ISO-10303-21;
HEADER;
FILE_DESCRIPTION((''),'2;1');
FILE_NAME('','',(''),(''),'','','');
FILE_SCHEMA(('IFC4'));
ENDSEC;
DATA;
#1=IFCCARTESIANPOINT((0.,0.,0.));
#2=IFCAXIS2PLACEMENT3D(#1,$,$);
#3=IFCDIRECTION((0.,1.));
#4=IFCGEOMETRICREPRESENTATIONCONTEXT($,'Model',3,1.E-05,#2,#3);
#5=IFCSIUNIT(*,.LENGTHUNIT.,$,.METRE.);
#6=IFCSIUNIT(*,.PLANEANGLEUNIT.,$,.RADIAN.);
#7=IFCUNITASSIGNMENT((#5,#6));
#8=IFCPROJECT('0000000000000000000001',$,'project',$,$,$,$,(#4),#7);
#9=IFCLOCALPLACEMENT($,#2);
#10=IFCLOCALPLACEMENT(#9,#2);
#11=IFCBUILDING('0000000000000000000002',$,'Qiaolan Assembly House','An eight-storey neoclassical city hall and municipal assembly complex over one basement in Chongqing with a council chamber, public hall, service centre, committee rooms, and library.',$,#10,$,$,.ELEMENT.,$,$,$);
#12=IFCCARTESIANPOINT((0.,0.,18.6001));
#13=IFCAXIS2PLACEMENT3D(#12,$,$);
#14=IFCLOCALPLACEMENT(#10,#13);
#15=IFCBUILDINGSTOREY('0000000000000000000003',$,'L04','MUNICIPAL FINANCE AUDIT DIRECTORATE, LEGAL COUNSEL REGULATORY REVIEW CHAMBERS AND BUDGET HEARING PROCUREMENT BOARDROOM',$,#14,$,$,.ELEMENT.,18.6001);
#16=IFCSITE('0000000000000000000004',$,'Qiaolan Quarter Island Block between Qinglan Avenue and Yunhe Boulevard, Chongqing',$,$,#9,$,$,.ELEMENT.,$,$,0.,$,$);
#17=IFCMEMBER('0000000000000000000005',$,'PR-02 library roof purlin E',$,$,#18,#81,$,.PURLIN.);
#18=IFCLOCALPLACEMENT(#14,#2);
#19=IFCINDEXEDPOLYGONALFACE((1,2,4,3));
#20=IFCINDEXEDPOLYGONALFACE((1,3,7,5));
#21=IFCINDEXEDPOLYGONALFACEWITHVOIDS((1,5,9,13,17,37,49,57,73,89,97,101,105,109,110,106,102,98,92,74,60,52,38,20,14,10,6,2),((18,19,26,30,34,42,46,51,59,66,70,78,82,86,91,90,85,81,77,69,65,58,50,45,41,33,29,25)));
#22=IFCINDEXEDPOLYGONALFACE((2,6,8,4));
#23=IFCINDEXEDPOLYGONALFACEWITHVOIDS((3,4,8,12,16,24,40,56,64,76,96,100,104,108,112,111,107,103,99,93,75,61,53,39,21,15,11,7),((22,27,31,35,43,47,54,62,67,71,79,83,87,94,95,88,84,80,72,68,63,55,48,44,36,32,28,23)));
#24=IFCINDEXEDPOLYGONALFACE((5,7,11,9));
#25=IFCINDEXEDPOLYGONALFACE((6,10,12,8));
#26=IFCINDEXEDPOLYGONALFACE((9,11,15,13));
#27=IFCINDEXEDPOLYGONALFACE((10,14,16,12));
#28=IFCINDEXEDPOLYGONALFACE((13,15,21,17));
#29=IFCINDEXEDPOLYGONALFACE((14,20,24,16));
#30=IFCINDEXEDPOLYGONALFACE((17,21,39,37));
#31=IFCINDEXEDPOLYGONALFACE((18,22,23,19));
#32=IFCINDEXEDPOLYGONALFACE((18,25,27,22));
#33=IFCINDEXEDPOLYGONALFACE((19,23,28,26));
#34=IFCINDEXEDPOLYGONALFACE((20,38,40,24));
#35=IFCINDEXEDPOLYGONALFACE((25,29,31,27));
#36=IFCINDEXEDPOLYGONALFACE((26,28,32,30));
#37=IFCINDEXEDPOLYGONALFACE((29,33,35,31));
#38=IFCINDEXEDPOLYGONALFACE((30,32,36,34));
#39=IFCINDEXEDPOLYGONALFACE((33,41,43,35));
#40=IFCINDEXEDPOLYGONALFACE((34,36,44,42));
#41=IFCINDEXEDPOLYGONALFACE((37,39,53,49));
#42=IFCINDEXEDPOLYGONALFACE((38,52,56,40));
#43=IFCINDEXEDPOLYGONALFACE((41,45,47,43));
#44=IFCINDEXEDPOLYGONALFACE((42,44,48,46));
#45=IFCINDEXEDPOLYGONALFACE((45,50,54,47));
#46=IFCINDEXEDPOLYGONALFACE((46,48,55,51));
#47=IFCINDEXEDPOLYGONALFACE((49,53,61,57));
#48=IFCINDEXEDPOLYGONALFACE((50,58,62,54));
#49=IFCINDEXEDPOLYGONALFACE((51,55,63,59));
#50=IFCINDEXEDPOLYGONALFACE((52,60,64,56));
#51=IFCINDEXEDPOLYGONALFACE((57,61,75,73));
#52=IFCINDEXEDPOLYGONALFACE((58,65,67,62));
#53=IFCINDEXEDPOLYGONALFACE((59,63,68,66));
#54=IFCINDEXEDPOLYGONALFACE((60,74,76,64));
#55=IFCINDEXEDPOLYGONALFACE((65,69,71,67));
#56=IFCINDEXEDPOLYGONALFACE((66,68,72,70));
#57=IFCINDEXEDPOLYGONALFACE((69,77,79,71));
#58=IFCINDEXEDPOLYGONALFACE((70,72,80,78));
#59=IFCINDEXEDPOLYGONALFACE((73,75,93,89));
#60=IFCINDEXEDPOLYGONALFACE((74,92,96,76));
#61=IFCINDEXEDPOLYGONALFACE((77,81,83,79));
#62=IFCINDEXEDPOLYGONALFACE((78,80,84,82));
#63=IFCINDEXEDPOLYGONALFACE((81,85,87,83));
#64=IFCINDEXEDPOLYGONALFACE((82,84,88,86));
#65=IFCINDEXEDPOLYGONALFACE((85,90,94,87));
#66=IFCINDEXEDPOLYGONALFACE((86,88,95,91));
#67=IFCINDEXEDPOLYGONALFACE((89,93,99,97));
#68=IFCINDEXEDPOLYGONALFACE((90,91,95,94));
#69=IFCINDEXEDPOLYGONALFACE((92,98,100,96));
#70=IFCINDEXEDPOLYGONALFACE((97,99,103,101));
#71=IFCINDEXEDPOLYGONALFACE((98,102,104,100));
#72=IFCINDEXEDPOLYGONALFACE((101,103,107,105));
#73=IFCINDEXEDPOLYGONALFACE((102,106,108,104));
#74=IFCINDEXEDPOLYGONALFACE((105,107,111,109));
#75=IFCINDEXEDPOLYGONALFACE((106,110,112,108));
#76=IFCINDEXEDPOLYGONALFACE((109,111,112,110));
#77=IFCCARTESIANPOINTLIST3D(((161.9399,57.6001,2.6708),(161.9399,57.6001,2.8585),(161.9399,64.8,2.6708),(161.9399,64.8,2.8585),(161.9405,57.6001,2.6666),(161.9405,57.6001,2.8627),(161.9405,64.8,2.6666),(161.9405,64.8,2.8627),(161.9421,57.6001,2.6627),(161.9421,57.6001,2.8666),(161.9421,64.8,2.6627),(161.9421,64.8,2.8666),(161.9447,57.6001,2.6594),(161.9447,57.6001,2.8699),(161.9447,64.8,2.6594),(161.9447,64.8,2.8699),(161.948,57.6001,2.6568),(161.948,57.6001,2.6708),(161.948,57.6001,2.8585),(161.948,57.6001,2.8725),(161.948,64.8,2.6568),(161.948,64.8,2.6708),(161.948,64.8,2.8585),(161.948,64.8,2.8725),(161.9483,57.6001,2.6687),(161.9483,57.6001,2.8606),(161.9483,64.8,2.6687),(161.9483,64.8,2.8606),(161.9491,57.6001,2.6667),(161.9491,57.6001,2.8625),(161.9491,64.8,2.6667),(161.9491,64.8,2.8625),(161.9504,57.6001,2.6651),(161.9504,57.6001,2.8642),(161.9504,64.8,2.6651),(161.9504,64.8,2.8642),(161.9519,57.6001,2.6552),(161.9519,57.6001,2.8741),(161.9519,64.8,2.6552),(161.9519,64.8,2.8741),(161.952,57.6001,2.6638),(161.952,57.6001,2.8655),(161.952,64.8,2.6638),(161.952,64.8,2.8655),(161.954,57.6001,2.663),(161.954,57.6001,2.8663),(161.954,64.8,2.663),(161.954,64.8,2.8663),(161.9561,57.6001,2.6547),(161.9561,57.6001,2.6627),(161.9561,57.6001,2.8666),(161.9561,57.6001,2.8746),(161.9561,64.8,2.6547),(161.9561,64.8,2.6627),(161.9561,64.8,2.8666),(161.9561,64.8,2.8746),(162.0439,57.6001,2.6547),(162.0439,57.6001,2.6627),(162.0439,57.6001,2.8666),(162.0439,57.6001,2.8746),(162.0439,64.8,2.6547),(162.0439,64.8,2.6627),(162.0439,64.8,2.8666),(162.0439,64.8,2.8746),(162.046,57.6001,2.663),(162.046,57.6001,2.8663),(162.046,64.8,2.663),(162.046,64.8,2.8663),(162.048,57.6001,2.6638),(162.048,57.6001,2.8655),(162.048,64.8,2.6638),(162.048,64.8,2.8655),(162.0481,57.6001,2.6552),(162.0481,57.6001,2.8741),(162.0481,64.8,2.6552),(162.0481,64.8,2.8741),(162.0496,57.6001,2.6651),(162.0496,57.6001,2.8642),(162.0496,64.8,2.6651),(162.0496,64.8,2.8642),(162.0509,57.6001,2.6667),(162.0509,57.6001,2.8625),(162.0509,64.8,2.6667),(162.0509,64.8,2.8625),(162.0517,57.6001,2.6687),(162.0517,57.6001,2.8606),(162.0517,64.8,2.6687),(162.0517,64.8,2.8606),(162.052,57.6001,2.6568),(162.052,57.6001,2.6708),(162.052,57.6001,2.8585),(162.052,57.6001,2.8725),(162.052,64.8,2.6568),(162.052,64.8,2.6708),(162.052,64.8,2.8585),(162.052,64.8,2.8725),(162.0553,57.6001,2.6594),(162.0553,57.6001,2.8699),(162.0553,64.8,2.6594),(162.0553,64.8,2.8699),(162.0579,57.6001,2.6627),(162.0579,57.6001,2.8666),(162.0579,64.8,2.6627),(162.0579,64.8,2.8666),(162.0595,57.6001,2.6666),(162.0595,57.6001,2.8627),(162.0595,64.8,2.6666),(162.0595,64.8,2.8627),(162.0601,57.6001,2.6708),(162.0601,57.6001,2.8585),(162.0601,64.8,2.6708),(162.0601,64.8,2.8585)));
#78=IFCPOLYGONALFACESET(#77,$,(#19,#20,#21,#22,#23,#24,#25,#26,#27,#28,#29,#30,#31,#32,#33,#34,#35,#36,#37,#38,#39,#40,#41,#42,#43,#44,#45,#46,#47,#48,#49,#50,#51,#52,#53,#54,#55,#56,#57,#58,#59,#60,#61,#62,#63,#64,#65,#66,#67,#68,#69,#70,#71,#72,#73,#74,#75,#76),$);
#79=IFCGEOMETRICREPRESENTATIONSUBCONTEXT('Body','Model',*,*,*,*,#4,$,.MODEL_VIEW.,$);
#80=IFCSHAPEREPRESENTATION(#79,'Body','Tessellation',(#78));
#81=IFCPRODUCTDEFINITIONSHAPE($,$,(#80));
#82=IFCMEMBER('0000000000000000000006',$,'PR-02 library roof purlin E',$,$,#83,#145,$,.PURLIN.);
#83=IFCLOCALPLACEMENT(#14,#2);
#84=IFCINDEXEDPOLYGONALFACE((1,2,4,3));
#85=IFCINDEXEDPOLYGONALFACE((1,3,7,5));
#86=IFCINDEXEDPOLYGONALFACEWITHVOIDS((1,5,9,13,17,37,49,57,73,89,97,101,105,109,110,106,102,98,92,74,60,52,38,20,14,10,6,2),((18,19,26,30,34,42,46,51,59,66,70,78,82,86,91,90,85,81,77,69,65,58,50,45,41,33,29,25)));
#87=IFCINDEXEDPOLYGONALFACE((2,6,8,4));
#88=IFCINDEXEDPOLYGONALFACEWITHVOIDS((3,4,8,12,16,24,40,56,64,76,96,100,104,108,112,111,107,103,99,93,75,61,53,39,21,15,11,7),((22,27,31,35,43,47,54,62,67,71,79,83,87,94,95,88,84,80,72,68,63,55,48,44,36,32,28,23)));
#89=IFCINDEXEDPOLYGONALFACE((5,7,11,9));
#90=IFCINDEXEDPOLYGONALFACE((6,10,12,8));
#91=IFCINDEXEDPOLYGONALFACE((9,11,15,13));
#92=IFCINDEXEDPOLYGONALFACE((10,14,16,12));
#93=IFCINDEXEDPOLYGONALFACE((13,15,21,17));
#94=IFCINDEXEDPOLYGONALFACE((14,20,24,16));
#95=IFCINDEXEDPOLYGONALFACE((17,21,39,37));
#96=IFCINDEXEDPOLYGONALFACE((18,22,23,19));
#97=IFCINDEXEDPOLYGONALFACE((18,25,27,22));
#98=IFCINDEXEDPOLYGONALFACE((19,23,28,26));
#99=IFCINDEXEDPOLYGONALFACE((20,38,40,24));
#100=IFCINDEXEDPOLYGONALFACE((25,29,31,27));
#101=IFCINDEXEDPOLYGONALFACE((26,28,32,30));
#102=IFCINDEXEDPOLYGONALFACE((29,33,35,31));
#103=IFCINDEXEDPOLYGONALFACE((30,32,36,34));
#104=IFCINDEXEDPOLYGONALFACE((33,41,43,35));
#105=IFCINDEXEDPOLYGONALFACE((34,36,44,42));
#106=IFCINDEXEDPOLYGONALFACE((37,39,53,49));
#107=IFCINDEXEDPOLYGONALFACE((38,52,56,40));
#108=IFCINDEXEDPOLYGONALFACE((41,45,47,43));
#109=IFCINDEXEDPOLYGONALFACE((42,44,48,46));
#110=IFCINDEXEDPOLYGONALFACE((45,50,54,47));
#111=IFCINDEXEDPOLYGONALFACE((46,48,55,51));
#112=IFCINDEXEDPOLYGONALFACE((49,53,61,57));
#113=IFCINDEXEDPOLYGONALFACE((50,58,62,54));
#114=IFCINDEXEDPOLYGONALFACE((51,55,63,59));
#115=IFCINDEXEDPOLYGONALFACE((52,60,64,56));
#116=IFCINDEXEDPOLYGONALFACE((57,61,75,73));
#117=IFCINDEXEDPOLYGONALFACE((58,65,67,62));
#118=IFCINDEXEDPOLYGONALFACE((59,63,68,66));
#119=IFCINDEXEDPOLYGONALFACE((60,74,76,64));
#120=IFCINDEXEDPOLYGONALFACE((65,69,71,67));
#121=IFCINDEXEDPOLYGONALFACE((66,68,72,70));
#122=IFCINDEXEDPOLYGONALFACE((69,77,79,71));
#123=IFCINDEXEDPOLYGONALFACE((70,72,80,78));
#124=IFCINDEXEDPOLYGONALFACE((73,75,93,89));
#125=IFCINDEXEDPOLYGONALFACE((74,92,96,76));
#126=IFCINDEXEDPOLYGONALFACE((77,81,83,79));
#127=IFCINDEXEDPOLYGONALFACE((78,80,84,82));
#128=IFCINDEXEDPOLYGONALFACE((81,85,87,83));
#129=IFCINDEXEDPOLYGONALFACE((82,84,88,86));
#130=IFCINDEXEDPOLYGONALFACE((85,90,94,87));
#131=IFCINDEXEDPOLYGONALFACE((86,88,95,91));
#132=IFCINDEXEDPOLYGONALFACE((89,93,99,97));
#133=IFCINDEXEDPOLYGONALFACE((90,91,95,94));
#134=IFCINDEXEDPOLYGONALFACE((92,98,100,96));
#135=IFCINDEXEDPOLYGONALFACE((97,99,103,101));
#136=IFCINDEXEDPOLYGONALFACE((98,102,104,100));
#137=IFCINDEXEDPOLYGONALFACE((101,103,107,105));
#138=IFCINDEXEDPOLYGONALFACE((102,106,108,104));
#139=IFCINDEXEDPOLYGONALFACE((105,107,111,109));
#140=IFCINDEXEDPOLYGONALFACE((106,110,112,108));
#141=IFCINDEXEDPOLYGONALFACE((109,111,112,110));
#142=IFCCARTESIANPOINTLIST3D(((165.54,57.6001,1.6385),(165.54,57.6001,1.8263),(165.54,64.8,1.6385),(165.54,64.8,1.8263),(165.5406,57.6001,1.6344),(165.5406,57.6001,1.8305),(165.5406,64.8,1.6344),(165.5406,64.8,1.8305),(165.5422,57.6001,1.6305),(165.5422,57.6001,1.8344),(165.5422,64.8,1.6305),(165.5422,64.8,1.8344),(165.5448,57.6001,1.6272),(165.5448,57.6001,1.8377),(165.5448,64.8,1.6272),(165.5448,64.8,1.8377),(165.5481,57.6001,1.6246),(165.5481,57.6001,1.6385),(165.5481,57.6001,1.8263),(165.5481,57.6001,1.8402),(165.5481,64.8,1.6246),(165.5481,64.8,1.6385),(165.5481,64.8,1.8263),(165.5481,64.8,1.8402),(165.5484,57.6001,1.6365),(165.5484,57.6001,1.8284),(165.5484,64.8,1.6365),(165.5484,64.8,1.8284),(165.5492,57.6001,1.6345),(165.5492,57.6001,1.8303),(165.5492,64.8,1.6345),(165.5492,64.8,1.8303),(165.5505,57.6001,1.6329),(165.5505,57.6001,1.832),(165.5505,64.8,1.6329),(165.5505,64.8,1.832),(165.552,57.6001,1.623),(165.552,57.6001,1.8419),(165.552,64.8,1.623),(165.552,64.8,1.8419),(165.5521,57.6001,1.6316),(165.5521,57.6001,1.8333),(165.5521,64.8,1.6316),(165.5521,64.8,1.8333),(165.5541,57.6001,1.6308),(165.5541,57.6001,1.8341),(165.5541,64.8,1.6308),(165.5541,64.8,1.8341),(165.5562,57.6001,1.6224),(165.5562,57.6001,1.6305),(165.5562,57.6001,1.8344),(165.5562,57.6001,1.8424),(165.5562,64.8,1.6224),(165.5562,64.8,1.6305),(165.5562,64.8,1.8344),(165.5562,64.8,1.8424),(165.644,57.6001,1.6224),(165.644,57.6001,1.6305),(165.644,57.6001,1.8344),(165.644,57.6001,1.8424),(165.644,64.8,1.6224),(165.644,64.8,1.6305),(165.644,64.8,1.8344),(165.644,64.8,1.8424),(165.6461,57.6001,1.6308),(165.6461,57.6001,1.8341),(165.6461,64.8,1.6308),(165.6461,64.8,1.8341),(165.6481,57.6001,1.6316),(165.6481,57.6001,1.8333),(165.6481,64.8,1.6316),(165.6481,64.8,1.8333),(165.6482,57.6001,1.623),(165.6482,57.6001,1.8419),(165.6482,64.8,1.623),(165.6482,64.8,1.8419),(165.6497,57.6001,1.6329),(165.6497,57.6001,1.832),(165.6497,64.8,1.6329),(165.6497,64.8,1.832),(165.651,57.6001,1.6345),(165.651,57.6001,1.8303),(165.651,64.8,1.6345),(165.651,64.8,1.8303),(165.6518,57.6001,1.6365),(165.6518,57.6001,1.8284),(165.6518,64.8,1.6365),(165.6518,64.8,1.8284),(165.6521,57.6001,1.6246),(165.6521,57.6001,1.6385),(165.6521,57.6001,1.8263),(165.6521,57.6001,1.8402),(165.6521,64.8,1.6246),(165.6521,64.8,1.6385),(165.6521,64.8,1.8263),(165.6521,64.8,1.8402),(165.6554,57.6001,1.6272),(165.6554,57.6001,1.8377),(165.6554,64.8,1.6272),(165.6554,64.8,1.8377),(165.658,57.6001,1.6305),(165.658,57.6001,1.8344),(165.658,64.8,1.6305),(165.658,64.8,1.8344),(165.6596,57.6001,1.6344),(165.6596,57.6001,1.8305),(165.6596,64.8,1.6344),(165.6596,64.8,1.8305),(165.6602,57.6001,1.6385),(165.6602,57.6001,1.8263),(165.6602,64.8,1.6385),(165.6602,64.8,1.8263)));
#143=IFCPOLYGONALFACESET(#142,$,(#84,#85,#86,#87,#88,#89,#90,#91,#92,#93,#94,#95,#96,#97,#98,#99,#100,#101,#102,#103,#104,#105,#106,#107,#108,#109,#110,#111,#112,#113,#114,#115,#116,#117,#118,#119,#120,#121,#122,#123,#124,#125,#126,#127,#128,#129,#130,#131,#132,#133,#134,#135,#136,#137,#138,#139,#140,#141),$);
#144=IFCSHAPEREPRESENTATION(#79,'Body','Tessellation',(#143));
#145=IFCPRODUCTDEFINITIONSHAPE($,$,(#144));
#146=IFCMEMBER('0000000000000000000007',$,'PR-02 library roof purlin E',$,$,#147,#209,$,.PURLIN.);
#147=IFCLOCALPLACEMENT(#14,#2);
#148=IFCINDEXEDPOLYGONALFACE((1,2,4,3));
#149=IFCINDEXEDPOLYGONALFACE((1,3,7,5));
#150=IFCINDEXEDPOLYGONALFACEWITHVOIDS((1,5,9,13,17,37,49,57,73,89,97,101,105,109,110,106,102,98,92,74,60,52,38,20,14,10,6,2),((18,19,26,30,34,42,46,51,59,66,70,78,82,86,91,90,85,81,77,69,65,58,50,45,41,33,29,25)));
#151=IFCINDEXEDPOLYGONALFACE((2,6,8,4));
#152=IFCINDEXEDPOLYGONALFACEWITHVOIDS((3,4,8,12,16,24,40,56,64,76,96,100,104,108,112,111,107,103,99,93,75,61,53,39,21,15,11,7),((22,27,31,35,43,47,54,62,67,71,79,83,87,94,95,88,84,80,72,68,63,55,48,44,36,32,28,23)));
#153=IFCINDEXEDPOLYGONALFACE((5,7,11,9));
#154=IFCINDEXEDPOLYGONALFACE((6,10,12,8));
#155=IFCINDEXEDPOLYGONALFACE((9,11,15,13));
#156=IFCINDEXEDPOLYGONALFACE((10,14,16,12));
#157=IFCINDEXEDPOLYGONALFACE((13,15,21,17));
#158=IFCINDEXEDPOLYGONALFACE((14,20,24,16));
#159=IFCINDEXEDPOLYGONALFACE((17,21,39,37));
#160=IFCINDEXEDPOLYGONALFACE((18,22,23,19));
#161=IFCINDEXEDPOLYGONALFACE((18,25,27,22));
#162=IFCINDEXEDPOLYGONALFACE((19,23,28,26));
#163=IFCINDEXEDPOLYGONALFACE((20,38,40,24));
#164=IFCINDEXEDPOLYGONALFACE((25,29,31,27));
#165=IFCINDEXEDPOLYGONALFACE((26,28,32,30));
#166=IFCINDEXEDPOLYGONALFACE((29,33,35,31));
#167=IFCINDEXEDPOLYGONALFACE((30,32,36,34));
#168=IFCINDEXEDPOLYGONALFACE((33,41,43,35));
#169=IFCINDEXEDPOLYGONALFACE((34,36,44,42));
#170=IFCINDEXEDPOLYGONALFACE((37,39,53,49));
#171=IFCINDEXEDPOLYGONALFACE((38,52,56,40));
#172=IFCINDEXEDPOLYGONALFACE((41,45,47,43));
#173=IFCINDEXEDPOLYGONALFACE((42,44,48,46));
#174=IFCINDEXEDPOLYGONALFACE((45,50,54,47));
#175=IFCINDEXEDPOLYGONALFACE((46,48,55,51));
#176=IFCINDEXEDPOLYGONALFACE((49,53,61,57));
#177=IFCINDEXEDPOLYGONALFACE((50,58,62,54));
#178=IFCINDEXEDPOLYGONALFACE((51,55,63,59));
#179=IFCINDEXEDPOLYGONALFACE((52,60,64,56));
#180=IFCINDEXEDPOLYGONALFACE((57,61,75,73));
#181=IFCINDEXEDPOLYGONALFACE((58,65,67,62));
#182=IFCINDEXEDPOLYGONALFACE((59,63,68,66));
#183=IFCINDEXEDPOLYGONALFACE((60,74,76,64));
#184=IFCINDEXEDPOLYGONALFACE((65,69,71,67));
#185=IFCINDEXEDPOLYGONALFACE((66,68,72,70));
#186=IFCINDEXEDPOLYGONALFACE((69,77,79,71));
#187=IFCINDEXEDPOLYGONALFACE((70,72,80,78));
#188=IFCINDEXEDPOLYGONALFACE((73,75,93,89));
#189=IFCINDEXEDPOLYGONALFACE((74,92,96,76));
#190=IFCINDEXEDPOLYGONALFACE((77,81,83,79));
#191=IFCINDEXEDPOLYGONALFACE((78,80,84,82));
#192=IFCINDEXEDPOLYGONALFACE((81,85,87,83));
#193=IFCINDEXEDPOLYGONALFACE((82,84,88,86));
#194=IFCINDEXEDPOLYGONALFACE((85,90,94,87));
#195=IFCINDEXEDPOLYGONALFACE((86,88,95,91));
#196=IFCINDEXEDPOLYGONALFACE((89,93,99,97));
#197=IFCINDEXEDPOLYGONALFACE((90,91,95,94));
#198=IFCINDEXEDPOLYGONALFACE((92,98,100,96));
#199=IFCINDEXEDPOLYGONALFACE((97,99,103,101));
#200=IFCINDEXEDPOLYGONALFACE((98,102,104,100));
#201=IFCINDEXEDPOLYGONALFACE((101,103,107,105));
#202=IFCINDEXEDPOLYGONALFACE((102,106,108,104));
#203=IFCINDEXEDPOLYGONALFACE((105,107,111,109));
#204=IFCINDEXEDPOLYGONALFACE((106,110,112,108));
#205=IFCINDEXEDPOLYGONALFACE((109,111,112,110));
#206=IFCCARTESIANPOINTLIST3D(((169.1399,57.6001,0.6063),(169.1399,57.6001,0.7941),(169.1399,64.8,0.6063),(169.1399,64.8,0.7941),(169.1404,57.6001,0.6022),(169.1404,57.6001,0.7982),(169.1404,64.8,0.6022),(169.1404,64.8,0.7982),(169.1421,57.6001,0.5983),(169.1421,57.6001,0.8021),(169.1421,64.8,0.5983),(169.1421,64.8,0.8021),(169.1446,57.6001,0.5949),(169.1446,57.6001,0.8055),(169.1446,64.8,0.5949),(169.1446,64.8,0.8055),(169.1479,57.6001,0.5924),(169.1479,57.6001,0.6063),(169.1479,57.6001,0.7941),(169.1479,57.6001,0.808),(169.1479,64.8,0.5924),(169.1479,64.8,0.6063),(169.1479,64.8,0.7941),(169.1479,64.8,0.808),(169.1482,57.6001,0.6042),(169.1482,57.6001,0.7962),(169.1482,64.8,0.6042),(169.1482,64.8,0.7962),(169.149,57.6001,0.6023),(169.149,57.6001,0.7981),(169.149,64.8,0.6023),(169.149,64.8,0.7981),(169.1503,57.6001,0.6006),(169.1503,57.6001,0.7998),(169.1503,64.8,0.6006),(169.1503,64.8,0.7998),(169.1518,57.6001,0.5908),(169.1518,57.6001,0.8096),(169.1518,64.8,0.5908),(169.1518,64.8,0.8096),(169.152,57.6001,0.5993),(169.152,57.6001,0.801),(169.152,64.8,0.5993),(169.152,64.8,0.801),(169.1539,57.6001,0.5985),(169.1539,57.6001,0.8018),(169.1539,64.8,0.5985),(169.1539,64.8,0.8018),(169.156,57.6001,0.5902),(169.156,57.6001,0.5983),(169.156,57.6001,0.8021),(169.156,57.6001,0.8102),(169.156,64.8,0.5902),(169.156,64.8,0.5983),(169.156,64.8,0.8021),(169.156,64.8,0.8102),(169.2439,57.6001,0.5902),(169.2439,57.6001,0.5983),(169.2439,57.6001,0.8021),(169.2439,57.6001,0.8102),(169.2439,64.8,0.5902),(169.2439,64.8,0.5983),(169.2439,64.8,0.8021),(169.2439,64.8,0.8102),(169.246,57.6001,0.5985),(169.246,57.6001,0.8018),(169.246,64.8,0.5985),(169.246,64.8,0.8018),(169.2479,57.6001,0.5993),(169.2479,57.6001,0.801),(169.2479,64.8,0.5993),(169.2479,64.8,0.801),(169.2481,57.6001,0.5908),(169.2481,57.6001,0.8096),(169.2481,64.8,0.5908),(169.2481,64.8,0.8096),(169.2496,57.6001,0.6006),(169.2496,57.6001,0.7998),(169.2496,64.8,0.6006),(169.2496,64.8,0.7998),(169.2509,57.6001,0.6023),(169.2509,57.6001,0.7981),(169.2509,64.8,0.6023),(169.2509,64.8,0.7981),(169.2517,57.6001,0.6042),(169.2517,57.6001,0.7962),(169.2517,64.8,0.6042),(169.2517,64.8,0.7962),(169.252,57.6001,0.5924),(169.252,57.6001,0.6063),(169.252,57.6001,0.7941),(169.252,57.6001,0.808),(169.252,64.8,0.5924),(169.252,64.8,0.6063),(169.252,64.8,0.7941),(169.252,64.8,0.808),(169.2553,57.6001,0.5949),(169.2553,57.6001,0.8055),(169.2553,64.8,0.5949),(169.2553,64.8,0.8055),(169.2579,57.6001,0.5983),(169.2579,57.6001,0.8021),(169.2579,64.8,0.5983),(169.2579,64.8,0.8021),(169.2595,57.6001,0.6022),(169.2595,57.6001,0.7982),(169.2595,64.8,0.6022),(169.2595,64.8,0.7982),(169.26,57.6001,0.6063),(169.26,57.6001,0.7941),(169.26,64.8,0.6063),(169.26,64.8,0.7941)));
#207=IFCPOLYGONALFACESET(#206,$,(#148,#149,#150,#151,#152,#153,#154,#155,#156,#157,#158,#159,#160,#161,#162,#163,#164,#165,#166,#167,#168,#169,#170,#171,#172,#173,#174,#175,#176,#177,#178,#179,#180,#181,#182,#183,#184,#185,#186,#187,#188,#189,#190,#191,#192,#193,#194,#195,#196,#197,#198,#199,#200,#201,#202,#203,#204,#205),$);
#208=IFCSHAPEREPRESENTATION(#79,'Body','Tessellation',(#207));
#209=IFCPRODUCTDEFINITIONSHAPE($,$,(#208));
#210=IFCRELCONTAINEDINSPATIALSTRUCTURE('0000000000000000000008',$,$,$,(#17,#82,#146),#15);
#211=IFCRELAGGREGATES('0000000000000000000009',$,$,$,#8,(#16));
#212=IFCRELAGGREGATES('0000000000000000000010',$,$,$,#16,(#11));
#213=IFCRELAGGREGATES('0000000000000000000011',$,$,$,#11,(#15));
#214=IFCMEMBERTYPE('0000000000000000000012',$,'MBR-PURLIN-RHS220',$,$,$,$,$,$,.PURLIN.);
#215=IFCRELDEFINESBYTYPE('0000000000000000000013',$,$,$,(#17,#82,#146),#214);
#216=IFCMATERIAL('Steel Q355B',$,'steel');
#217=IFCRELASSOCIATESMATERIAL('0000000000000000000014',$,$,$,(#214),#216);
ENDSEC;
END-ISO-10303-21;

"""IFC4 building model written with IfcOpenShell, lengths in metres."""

from ifc_helpers import new_model, si_unit, direction, frame, origin, origin_2d, place, context, subcontext, project, spatial, hollow_rectangle, extrude, material, material_profile, profile_set, type_object, element, save


model = new_model("IFC4")

# Units and contexts
model_context = context("Model", 3, precision=1e-05, world=origin(), true_north=direction((0.0, 1.0)))
body_context = subcontext(model_context, "Body", "Model", "MODEL_VIEW")
ifc_project = project(units=[si_unit("LENGTHUNIT", "METRE"), si_unit("PLANEANGLEUNIT", "RADIAN")], contexts=[model_context])

# Site, building, storey
site_placement = place(None, origin())
site = spatial("IfcSite", under=ifc_project, at=site_placement, Name="Qiaolan Quarter Island Block between Qinglan Avenue and Yunhe Boulevard, Chongqing", CompositionType="ELEMENT", RefElevation=0.0)
building_placement = place(site_placement, origin())
building = spatial("IfcBuilding", under=site, at=building_placement, Name="Qiaolan Assembly House", Description="An eight-storey neoclassical city hall and municipal assembly complex over one basement in Chongqing with a council chamber, public hall, service centre, committee rooms, and library.", CompositionType="ELEMENT")
storey_placement = place(building_placement, frame((0.0, 0.0, 18.6001)))
storey = spatial("IfcBuildingStorey", under=building, at=storey_placement, Name="L04", Description="MUNICIPAL FINANCE AUDIT DIRECTORATE, LEGAL COUNSEL REGULATORY REVIEW CHAMBERS AND BUDGET HEARING PROCUREMENT BOARDROOM", CompositionType="ELEMENT", Elevation=18.6001)

# Shared definitions
ifc_material = material(Name="Steel Q355B", Category="steel")

# Members
ifc_material_profile_1 = material_profile(ifc_material, hollow_rectangle(XDim=0.1201, YDim=0.22, WallThickness=0.0081, InnerFilletRadius=0.0081, OuterFilletRadius=0.0161, at=origin_2d()), Name="RHS 220x120x8")
ifc_profile_set_1 = profile_set([ifc_material_profile_1], Name="Steel Q355B")
member_type_1 = type_object("IfcMemberType", Name="MBR-PURLIN-RHS220", PredefinedType="PURLIN", material=ifc_profile_set_1)
for number, where, z_axis, x_axis, name in (
    (1, (162.0, 57.6001, 2.7646), (0.0, 1.0, 0.0), (-1.0, 0.0, 0.0), "PR-02 library roof purlin E"),
    (2, (165.6001, 57.6001, 1.7324), (0.0, 1.0, 0.0), (-1.0, 0.0, 0.0), "PR-02 library roof purlin E"),
    (3, (169.2, 57.6001, 0.7002), (0.0, 1.0, 0.0), (-1.0, 0.0, 0.0), "PR-02 library roof purlin E"),
):
    element("IfcMember", number, at=place(storey_placement, frame(where, z_axis=z_axis, x_axis=x_axis)), inside=storey, type_object=member_type_1, Name=name, PredefinedType="PURLIN", context=body_context, shape_type="SweptSolid", body=[
        extrude(hollow_rectangle(XDim=0.1201, YDim=0.22, WallThickness=0.0081, InnerFilletRadius=0.0081, OuterFilletRadius=0.0161, at=origin_2d()), origin(), (0.0, 0.0, 1.0), 7.2),
    ])

save(model, "model.ifc")
